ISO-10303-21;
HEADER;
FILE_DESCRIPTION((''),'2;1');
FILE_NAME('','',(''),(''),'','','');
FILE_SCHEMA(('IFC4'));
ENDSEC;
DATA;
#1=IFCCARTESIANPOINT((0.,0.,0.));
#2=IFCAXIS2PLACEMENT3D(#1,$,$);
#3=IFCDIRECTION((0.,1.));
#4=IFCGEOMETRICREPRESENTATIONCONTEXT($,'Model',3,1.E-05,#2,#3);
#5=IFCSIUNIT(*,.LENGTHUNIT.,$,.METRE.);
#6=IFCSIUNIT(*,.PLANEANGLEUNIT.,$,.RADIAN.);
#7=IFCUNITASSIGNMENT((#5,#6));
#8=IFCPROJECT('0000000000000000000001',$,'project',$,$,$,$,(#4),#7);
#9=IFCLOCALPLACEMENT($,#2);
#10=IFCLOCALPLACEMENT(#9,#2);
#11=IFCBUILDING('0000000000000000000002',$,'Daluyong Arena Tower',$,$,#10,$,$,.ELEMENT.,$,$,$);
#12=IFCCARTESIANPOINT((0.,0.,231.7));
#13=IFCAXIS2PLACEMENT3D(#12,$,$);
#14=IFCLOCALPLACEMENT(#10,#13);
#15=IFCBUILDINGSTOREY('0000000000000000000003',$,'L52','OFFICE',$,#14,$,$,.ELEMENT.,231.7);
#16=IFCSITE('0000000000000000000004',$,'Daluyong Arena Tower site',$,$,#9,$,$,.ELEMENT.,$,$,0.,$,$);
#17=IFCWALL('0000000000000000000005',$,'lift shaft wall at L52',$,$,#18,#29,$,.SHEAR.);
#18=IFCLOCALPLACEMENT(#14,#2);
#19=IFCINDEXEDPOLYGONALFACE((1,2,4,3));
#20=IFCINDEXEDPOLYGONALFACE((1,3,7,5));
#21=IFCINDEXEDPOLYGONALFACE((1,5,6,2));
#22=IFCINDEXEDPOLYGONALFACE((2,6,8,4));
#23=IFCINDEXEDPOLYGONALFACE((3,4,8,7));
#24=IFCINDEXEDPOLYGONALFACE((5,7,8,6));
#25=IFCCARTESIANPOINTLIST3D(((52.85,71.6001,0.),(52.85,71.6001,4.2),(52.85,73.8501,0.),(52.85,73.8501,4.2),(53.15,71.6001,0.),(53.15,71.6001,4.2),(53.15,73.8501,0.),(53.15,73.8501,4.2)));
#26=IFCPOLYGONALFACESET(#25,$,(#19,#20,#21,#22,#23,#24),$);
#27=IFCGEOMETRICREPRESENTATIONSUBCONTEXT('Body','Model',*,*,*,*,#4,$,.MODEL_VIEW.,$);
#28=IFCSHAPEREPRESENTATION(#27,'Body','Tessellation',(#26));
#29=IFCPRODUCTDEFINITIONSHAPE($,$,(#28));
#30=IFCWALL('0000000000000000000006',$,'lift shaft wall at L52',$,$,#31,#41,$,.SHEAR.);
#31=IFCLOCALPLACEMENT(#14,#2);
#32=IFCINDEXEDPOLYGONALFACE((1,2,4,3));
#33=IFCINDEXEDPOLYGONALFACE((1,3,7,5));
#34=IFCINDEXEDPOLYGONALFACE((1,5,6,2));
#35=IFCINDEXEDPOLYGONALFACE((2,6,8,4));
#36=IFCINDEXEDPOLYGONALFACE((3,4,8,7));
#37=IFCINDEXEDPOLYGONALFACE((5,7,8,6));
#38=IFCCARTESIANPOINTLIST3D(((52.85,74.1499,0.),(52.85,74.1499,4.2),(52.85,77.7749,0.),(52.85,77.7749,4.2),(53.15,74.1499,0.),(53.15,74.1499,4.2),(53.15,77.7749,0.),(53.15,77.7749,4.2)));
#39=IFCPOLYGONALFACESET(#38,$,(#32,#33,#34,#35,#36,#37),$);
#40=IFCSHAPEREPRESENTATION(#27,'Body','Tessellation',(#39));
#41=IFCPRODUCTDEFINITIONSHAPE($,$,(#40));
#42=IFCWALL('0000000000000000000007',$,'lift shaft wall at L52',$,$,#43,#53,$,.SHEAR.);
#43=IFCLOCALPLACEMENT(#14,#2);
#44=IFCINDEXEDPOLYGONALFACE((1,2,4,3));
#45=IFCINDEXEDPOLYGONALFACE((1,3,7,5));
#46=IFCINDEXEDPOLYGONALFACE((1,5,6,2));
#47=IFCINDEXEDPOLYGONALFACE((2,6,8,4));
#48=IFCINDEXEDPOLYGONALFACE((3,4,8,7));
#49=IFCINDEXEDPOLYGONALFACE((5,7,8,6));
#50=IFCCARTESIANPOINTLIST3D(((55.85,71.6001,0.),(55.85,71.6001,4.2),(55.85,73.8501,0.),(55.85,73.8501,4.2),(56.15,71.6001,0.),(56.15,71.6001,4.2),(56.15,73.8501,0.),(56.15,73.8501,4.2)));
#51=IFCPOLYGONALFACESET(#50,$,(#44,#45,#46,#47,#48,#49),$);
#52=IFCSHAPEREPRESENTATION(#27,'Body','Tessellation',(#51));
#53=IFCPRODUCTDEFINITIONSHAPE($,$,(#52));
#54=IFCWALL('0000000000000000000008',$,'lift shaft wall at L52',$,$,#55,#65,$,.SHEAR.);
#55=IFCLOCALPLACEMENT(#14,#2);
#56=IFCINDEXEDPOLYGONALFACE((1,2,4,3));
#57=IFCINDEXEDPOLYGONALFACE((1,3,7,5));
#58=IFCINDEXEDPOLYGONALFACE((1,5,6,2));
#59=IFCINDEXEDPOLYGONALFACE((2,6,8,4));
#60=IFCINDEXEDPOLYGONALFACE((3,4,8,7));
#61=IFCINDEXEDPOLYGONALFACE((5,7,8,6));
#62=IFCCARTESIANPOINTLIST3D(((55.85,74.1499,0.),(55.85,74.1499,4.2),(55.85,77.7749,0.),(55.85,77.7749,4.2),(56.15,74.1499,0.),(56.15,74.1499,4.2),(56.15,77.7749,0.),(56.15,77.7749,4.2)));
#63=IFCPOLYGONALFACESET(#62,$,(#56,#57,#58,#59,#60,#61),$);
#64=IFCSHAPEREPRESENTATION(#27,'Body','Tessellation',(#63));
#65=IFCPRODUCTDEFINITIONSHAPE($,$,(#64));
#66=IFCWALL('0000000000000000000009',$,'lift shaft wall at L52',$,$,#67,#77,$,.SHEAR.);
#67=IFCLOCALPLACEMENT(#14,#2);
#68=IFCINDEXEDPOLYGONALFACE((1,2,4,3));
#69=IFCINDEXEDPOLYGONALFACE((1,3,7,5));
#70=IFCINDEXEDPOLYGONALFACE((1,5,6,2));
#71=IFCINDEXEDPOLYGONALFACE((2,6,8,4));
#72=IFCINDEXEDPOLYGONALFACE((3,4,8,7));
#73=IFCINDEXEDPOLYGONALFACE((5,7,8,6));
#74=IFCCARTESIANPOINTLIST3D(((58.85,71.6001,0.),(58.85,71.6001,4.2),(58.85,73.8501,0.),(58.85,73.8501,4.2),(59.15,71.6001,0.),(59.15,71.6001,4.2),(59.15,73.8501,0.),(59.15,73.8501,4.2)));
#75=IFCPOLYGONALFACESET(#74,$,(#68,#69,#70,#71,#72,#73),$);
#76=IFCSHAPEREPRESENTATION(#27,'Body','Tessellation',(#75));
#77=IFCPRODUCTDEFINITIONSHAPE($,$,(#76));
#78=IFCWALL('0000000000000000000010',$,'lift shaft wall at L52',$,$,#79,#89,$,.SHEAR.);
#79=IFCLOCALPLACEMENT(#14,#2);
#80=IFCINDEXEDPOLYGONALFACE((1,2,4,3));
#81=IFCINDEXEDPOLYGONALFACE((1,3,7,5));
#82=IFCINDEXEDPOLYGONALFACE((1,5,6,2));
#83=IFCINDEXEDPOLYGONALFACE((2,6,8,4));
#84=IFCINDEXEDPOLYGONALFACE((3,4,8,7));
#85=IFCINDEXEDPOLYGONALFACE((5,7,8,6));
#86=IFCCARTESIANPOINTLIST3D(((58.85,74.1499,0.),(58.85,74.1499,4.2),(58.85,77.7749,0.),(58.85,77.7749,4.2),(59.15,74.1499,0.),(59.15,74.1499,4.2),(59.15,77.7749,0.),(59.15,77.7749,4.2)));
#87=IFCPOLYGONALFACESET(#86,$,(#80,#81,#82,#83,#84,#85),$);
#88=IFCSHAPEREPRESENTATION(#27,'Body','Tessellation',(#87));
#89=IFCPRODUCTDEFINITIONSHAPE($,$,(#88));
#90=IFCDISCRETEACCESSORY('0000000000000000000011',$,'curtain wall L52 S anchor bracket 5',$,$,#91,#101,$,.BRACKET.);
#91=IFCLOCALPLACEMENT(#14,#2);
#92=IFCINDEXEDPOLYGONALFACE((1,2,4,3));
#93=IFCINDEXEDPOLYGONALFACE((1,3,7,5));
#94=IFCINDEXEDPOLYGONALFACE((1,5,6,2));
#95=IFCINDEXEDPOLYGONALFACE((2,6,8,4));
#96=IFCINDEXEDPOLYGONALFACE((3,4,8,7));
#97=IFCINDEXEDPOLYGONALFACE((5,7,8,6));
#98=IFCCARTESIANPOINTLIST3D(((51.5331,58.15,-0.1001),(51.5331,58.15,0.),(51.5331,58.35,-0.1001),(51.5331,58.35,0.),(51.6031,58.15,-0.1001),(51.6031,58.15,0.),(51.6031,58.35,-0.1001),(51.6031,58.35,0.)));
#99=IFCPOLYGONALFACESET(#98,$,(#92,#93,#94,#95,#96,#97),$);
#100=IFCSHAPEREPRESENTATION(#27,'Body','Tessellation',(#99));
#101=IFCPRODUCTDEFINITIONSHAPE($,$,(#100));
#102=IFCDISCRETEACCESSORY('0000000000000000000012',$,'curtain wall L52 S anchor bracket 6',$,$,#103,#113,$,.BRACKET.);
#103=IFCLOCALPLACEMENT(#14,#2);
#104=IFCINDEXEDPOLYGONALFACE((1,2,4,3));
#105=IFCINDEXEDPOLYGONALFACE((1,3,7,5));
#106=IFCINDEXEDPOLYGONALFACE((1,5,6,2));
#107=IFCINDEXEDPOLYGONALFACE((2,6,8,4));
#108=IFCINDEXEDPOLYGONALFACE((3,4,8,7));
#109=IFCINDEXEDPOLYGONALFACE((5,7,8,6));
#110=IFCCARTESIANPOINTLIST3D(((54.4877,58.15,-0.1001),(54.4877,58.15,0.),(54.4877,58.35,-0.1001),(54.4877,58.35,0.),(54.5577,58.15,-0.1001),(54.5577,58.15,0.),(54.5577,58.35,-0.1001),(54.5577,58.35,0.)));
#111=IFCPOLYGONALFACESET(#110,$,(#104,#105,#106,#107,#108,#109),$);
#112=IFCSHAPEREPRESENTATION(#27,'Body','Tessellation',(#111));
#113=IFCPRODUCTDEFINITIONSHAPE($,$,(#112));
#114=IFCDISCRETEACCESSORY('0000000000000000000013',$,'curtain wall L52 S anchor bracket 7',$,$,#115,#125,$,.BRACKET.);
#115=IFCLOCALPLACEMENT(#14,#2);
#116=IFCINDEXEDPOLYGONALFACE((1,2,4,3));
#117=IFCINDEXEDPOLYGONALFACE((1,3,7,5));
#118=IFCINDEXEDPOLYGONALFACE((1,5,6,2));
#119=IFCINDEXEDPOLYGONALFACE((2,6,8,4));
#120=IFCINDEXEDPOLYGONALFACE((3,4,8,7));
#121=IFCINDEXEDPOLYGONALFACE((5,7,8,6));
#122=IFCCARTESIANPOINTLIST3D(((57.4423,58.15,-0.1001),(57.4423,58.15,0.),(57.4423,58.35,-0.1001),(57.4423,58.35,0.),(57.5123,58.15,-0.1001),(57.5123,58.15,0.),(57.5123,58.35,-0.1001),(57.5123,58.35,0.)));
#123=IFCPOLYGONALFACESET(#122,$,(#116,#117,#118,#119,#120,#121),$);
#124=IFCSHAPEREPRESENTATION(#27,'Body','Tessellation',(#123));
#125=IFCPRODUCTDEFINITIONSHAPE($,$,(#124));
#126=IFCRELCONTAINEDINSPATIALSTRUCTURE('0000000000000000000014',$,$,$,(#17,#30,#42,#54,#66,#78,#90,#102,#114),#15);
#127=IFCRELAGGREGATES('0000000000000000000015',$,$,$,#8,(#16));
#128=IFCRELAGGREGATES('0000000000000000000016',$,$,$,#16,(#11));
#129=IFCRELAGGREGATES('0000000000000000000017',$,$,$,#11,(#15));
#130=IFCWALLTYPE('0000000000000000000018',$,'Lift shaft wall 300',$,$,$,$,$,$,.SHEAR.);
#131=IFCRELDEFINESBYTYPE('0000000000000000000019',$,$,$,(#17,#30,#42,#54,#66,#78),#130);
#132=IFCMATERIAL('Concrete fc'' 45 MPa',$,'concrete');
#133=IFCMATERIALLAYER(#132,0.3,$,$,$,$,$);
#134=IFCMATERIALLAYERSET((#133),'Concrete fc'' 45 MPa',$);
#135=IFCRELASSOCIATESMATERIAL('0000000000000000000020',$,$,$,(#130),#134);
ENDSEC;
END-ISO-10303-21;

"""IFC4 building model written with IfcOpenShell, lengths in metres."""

from ifc_helpers import new_model, si_unit, direction, frame, frame_2d, origin, origin_2d, place, context, subcontext, project, spatial, rectangle, extrude, material, layer, layer_set, type_object, element, save


model = new_model("IFC4")

# Units and contexts
model_context = context("Model", 3, precision=1e-05, world=origin(), true_north=direction((0.0, 1.0)))
body_context = subcontext(model_context, "Body", "Model", "MODEL_VIEW")
ifc_project = project(units=[si_unit("LENGTHUNIT", "METRE"), si_unit("PLANEANGLEUNIT", "RADIAN")], contexts=[model_context])

# Site, building, storey
site_placement = place(None, origin())
site = spatial("IfcSite", under=ifc_project, at=site_placement, Name="Daluyong Arena Tower site", CompositionType="ELEMENT", RefElevation=0.0)
building_placement = place(site_placement, origin())
building = spatial("IfcBuilding", under=site, at=building_placement, Name="Daluyong Arena Tower", CompositionType="ELEMENT")
storey_placement = place(building_placement, frame((0.0, 0.0, 231.7)))
storey = spatial("IfcBuildingStorey", under=building, at=storey_placement, Name="L52", Description="OFFICE", CompositionType="ELEMENT", Elevation=231.7)

# Walls
ifc_material_1 = material(Name="Concrete fc' 45 MPa", Category="concrete")
ifc_layer_1 = layer(ifc_material_1, 0.3)
ifc_layer_set_1 = layer_set([ifc_layer_1], Name="Concrete fc' 45 MPa")
wall_type_1 = type_object("IfcWallType", Name="Lift shaft wall 300", PredefinedType="SHEAR", material=ifc_layer_set_1)
wall_1_placement = place(storey_placement, frame((53.0, 71.6001, 0.0), z_axis=(0.0, 0.0, 1.0), x_axis=(0.0, 1.0, 0.0)))
element("IfcWall", 1, at=wall_1_placement, inside=storey, type_object=wall_type_1, Name="lift shaft wall at L52", PredefinedType="SHEAR", context=body_context, shape_type="SweptSolid", body=[
    extrude(rectangle(XDim=2.25, YDim=0.3, at=frame_2d((1.125, 0.0))), origin(), (0.0, 0.0, 1.0), 4.2),
])
wall_2_placement = place(storey_placement, frame((53.0, 74.1499, 0.0), z_axis=(0.0, 0.0, 1.0), x_axis=(0.0, 1.0, 0.0)))
element("IfcWall", 2, at=wall_2_placement, inside=storey, type_object=wall_type_1, Name="lift shaft wall at L52", PredefinedType="SHEAR", context=body_context, shape_type="SweptSolid", body=[
    extrude(rectangle(XDim=3.625, YDim=0.3, at=frame_2d((1.8125, 0.0))), origin(), (0.0, 0.0, 1.0), 4.2),
])
wall_3_placement = place(storey_placement, frame((56.0, 71.6001, 0.0), z_axis=(0.0, 0.0, 1.0), x_axis=(0.0, 1.0, 0.0)))
element("IfcWall", 3, at=wall_3_placement, inside=storey, type_object=wall_type_1, Name="lift shaft wall at L52", PredefinedType="SHEAR", context=body_context, shape_type="SweptSolid", body=[
    extrude(rectangle(XDim=2.25, YDim=0.3, at=frame_2d((1.125, 0.0))), origin(), (0.0, 0.0, 1.0), 4.2),
])
wall_4_placement = place(storey_placement, frame((56.0, 74.1499, 0.0), z_axis=(0.0, 0.0, 1.0), x_axis=(0.0, 1.0, 0.0)))
element("IfcWall", 4, at=wall_4_placement, inside=storey, type_object=wall_type_1, Name="lift shaft wall at L52", PredefinedType="SHEAR", context=body_context, shape_type="SweptSolid", body=[
    extrude(rectangle(XDim=3.625, YDim=0.3, at=frame_2d((1.8125, 0.0))), origin(), (0.0, 0.0, 1.0), 4.2),
])
wall_5_placement = place(storey_placement, frame((59.0, 71.6001, 0.0), z_axis=(0.0, 0.0, 1.0), x_axis=(0.0, 1.0, 0.0)))
element("IfcWall", 5, at=wall_5_placement, inside=storey, type_object=wall_type_1, Name="lift shaft wall at L52", PredefinedType="SHEAR", context=body_context, shape_type="SweptSolid", body=[
    extrude(rectangle(XDim=2.25, YDim=0.3, at=frame_2d((1.125, 0.0))), origin(), (0.0, 0.0, 1.0), 4.2),
])
wall_6_placement = place(storey_placement, frame((59.0, 74.1499, 0.0), z_axis=(0.0, 0.0, 1.0), x_axis=(0.0, 1.0, 0.0)))
element("IfcWall", 6, at=wall_6_placement, inside=storey, type_object=wall_type_1, Name="lift shaft wall at L52", PredefinedType="SHEAR", context=body_context, shape_type="SweptSolid", body=[
    extrude(rectangle(XDim=3.625, YDim=0.3, at=frame_2d((1.8125, 0.0))), origin(), (0.0, 0.0, 1.0), 4.2),
])

# Discrete accessories
for number, where, z_axis, x_axis, name in (
    (7, (51.5681, 58.25, -0.1001), (0.0, 0.0, 1.0), (1.0, 0.0, 0.0), "curtain wall L52 S anchor bracket 5"),
    (8, (54.5227, 58.25, -0.1001), (0.0, 0.0, 1.0), (1.0, 0.0, 0.0), "curtain wall L52 S anchor bracket 6"),
    (9, (57.4773, 58.25, -0.1001), (0.0, 0.0, 1.0), (1.0, 0.0, 0.0), "curtain wall L52 S anchor bracket 7"),
):
    element("IfcDiscreteAccessory", number, at=place(storey_placement, frame(where, z_axis=z_axis, x_axis=x_axis)), inside=storey, Name=name, PredefinedType="BRACKET", context=body_context, shape_type="SweptSolid", body=[
        extrude(rectangle(XDim=0.0701, YDim=0.2, at=origin_2d()), origin(), (0.0, 0.0, 1.0), 0.1001),
    ])

save(model, "model.ifc")
